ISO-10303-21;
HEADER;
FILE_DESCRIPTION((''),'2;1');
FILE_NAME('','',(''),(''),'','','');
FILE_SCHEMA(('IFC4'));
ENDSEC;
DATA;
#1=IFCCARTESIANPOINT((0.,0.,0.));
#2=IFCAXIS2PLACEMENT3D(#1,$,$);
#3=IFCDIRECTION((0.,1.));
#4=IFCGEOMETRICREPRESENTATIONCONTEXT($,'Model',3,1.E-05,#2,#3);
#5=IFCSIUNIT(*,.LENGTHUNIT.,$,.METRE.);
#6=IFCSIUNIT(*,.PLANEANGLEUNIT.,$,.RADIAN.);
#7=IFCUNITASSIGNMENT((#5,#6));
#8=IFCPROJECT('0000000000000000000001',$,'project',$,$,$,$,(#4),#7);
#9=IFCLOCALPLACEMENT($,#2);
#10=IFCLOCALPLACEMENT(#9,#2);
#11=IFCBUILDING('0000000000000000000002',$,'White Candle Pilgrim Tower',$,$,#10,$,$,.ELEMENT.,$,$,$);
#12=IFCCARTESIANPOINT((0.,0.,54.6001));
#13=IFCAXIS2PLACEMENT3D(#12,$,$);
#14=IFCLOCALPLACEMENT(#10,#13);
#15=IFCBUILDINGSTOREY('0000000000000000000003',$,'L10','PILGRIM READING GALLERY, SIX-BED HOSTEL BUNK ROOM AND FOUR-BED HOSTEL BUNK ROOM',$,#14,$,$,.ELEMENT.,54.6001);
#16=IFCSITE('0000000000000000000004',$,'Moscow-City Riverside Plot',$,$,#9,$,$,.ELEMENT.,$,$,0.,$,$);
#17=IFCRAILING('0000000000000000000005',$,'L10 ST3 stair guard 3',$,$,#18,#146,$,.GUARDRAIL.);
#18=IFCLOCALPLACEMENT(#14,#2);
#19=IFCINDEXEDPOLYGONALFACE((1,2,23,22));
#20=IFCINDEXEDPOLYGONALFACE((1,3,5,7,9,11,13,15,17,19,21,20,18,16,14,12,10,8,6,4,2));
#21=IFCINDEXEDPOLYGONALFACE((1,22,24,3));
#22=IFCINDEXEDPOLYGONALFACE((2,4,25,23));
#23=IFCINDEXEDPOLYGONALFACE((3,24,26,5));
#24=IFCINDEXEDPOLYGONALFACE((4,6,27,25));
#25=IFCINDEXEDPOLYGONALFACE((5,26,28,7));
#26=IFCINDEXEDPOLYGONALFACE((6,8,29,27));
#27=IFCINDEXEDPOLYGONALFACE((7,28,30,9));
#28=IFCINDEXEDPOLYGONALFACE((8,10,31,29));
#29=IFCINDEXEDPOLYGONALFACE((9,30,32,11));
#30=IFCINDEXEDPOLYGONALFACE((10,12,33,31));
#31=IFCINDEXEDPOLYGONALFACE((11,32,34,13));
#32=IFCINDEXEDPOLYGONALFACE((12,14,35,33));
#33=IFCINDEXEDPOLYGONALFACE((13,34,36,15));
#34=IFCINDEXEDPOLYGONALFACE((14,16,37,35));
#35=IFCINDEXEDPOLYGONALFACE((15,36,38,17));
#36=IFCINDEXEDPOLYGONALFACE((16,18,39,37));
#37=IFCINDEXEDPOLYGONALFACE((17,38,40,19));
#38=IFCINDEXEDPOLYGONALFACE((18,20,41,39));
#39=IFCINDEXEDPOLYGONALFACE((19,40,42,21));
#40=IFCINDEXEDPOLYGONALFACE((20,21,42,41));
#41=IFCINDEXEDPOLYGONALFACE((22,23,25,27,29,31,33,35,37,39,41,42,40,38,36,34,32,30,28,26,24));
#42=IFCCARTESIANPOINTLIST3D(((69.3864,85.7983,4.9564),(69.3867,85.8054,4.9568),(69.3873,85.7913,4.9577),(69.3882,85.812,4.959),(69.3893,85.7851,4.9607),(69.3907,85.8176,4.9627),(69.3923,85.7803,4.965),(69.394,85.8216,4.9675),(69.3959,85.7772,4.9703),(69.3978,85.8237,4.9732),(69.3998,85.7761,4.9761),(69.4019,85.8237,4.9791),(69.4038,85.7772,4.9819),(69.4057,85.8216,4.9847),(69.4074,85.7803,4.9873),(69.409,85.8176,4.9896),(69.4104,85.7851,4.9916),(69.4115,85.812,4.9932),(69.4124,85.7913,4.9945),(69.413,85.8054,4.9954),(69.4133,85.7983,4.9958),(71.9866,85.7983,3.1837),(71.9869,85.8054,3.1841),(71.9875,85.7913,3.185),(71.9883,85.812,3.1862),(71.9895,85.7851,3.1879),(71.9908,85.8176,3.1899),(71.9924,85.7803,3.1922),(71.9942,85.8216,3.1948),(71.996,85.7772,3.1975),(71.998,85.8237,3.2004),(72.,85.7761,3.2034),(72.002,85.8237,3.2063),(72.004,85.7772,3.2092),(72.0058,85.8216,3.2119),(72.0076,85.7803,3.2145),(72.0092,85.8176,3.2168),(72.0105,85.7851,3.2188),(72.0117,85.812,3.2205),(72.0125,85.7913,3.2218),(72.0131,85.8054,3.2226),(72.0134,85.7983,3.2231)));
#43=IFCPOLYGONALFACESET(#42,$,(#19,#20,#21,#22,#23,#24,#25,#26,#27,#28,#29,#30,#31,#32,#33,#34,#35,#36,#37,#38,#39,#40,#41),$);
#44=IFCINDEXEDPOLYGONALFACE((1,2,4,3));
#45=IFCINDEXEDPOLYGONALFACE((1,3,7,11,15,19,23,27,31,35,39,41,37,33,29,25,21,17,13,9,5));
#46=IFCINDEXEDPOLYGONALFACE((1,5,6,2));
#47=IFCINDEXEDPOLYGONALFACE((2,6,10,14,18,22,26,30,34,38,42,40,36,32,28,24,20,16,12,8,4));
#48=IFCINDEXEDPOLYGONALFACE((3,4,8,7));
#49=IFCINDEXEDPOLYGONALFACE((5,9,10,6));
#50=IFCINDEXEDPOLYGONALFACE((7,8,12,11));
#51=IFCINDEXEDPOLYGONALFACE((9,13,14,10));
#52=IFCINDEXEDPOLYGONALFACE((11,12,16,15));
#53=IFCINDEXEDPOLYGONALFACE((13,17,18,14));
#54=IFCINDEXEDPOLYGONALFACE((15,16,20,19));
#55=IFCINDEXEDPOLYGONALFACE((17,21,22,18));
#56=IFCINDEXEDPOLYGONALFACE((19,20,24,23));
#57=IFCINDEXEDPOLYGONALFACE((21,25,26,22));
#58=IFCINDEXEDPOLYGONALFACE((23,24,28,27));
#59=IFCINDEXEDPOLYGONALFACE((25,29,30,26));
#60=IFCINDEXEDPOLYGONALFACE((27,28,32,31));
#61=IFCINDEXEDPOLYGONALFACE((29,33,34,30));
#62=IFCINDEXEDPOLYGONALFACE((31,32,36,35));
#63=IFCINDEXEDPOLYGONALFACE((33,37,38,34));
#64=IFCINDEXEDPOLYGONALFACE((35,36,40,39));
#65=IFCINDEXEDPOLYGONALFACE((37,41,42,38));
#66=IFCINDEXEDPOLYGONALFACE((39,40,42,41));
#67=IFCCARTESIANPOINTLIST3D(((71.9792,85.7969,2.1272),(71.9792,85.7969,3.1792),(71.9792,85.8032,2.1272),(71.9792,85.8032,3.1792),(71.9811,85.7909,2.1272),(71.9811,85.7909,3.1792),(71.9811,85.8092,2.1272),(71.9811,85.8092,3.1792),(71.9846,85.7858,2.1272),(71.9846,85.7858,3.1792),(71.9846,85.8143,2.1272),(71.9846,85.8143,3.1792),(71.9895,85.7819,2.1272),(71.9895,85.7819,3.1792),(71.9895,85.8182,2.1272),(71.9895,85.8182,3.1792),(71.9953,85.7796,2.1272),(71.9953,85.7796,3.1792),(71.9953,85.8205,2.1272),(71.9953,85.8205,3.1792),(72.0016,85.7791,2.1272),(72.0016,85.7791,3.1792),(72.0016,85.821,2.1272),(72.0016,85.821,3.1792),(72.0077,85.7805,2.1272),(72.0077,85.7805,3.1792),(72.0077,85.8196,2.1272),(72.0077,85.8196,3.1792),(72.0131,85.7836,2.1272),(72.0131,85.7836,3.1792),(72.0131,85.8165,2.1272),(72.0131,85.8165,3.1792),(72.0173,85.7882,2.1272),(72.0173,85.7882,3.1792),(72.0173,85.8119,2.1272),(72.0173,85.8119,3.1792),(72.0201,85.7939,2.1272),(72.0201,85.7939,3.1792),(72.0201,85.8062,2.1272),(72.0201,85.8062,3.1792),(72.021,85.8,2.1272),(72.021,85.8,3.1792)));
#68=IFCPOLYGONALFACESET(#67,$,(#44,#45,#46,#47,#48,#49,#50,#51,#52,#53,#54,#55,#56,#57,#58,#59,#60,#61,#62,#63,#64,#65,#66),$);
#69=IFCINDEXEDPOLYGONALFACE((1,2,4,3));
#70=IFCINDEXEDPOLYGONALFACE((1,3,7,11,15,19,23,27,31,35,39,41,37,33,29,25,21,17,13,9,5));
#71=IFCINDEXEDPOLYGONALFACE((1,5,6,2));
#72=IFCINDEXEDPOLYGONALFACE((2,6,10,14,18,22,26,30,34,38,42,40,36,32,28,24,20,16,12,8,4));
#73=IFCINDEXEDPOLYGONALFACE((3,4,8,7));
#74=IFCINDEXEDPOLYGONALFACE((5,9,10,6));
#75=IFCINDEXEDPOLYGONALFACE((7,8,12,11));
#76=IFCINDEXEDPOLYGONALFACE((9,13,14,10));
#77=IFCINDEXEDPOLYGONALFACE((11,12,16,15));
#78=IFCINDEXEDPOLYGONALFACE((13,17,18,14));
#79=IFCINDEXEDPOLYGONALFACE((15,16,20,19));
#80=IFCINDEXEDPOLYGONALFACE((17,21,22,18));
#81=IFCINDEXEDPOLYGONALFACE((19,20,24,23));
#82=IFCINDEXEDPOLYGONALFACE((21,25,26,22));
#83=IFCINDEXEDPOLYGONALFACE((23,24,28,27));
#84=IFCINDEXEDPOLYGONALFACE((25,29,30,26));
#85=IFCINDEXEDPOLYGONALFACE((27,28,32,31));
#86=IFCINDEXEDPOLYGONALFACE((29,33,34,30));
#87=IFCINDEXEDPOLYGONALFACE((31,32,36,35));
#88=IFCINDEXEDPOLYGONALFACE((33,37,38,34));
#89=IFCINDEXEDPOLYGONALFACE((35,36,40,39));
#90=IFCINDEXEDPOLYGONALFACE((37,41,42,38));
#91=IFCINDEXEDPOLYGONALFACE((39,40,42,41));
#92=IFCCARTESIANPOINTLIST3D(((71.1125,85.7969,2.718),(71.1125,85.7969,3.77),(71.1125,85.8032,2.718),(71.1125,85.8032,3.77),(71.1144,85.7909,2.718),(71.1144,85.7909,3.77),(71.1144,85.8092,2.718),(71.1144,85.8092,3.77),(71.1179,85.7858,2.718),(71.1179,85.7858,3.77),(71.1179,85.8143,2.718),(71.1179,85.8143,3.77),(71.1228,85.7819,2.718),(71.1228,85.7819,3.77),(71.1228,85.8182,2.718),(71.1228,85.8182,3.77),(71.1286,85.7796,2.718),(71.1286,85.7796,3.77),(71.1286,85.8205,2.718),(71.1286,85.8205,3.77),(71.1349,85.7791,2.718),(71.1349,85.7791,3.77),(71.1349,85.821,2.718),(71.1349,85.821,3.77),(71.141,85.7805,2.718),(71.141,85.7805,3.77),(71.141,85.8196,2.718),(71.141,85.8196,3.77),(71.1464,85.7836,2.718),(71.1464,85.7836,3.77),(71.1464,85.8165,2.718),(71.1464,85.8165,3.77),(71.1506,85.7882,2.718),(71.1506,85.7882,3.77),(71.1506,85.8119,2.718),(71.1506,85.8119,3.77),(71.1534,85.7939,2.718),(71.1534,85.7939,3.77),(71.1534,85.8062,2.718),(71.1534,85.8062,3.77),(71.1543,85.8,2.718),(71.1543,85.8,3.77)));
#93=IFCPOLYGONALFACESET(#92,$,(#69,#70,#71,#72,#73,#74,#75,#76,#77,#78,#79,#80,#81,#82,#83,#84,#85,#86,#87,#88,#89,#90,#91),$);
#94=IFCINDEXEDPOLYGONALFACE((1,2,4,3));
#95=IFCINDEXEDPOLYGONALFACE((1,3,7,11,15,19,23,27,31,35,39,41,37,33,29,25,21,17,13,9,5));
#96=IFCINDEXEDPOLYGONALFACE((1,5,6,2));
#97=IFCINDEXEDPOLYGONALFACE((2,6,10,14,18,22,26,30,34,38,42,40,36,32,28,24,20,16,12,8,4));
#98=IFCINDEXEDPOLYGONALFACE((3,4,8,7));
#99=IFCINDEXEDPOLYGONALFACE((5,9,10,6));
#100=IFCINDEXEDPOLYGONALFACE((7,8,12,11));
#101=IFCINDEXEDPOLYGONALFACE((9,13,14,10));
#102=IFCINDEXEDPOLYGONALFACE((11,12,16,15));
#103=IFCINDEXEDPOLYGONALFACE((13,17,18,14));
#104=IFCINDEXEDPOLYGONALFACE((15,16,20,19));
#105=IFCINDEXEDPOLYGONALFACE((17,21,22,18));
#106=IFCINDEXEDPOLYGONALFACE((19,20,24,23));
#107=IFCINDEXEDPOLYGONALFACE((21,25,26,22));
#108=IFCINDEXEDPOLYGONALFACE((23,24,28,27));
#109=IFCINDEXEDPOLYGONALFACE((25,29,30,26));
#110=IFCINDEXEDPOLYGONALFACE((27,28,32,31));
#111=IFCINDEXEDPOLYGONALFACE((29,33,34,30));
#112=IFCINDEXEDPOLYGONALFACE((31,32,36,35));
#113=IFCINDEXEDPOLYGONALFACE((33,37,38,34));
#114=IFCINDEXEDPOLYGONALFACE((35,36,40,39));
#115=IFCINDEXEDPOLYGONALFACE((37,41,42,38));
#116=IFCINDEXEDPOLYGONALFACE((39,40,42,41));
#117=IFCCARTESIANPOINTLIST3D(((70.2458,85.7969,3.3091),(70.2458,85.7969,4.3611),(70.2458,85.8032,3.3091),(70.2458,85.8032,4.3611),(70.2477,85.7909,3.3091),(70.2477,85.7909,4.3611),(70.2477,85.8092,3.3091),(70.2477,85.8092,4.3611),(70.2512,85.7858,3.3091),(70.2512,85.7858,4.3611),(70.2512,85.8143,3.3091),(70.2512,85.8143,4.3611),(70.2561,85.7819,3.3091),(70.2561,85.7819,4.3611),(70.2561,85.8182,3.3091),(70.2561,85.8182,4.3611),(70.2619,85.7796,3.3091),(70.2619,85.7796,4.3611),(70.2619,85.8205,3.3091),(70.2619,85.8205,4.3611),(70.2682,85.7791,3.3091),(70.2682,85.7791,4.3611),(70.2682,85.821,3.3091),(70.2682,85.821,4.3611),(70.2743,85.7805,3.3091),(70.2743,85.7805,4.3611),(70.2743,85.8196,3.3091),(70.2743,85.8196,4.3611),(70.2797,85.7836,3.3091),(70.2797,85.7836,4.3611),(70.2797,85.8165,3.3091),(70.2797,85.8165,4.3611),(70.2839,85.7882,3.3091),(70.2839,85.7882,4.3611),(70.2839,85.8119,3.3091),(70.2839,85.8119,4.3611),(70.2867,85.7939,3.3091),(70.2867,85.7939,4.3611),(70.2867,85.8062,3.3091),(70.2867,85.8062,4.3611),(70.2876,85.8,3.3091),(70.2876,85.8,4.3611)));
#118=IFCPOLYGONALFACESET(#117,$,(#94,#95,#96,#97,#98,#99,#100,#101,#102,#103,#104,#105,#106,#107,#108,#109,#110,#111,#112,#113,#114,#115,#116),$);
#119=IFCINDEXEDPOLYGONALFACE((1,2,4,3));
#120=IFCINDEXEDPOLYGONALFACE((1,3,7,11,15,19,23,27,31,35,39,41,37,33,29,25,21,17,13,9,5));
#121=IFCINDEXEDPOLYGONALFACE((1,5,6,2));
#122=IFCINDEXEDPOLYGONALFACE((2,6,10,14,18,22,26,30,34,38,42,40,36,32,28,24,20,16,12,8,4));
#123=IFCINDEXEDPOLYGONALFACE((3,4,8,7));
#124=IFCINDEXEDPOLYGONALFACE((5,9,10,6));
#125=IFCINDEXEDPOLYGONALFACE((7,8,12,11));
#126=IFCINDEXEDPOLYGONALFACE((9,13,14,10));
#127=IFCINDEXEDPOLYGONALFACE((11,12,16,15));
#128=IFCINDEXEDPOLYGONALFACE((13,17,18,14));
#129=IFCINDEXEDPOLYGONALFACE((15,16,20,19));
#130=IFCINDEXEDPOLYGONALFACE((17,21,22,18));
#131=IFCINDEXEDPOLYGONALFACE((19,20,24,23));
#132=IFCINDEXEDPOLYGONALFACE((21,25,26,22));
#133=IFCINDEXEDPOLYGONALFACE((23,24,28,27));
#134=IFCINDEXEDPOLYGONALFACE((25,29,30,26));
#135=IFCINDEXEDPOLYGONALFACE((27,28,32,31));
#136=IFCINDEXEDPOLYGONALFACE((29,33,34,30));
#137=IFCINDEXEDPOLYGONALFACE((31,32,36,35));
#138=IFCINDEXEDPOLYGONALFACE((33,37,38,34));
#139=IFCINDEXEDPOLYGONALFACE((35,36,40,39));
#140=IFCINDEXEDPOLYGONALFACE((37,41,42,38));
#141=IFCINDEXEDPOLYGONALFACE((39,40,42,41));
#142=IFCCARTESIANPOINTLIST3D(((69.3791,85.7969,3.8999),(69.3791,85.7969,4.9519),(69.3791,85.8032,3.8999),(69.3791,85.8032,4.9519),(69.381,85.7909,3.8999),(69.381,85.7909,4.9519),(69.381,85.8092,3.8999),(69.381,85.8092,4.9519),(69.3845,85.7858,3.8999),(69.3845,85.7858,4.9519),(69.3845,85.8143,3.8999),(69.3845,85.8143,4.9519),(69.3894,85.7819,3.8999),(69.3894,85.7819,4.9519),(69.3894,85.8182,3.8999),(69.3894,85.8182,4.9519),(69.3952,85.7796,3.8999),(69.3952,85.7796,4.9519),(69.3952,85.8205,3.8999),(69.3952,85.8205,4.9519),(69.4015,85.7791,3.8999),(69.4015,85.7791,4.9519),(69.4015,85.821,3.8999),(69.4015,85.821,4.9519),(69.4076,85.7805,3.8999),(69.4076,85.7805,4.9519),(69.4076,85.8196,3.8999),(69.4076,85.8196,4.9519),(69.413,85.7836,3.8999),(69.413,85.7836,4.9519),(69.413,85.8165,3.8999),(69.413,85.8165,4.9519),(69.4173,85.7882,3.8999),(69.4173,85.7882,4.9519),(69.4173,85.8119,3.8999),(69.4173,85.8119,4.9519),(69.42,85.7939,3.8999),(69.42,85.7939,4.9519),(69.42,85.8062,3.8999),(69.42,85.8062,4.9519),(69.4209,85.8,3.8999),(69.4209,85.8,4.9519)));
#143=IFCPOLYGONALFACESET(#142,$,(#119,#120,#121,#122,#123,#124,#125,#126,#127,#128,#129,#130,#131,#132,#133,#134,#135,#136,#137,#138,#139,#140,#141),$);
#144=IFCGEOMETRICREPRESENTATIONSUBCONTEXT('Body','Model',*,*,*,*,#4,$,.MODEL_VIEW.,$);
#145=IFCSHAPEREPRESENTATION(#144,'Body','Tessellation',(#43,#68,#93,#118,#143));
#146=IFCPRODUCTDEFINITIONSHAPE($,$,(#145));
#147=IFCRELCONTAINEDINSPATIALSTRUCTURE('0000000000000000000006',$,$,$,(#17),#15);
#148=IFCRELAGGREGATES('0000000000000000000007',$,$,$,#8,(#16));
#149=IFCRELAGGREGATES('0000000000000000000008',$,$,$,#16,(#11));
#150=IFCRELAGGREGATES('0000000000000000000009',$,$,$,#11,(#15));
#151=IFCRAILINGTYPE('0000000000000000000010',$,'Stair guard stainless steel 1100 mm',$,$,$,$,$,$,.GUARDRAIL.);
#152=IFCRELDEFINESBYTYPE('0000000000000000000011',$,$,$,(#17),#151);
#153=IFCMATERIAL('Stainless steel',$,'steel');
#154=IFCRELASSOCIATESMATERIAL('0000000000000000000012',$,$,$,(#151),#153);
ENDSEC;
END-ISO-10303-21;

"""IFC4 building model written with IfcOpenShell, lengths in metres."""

from ifc_helpers import new_model, si_unit, direction, frame, origin, origin_2d, place, context, subcontext, project, spatial, circle, extrude, material, type_object, element, save


model = new_model("IFC4")

# Units and contexts
model_context = context("Model", 3, precision=1e-05, world=origin(), true_north=direction((0.0, 1.0)))
body_context = subcontext(model_context, "Body", "Model", "MODEL_VIEW")
ifc_project = project(units=[si_unit("LENGTHUNIT", "METRE"), si_unit("PLANEANGLEUNIT", "RADIAN")], contexts=[model_context])

# Site, building, storey
site_placement = place(None, origin())
site = spatial("IfcSite", under=ifc_project, at=site_placement, Name="Moscow-City Riverside Plot", CompositionType="ELEMENT", RefElevation=0.0)
building_placement = place(site_placement, origin())
building = spatial("IfcBuilding", under=site, at=building_placement, Name="White Candle Pilgrim Tower", CompositionType="ELEMENT")
storey_placement = place(building_placement, frame((0.0, 0.0, 54.6001)))
storey = spatial("IfcBuildingStorey", under=building, at=storey_placement, Name="L10", Description="PILGRIM READING GALLERY, SIX-BED HOSTEL BUNK ROOM AND FOUR-BED HOSTEL BUNK ROOM", CompositionType="ELEMENT", Elevation=54.6001)

# Railing
ifc_material_1 = material(Name="Stainless steel", Category="steel")
railing_type_1 = type_object("IfcRailingType", Name="Stair guard stainless steel 1100 mm", PredefinedType="GUARDRAIL", material=ifc_material_1)
railing_1_placement = place(storey_placement, frame((72.0, 85.8, 2.1272)))
element("IfcRailing", 1, at=railing_1_placement, inside=storey, type_object=railing_type_1, Name="L10 ST3 stair guard 3", PredefinedType="GUARDRAIL", context=body_context, shape_type="SweptSolid", body=[
    extrude(circle(Radius=0.0239, at=origin_2d()), frame((0.0, 0.0, 1.0762), z_axis=(-0.82624, 0.0, 0.563318), x_axis=(0.0, -1.0, 0.0)), (0.0, 0.0, 1.0), 3.147),
    extrude(circle(Radius=0.021, at=origin_2d()), origin(), (0.0, 0.0, 1.0), 1.052),
    extrude(circle(Radius=0.021, at=origin_2d()), frame((-0.8667, 0.0, 0.5908)), (0.0, 0.0, 1.0), 1.052),
    extrude(circle(Radius=0.021, at=origin_2d()), frame((-1.7334, 0.0, 1.1819)), (0.0, 0.0, 1.0), 1.052),
    extrude(circle(Radius=0.021, at=origin_2d()), frame((-2.6001, 0.0, 1.7727)), (0.0, 0.0, 1.0), 1.052),
])

save(model, "model.ifc")
